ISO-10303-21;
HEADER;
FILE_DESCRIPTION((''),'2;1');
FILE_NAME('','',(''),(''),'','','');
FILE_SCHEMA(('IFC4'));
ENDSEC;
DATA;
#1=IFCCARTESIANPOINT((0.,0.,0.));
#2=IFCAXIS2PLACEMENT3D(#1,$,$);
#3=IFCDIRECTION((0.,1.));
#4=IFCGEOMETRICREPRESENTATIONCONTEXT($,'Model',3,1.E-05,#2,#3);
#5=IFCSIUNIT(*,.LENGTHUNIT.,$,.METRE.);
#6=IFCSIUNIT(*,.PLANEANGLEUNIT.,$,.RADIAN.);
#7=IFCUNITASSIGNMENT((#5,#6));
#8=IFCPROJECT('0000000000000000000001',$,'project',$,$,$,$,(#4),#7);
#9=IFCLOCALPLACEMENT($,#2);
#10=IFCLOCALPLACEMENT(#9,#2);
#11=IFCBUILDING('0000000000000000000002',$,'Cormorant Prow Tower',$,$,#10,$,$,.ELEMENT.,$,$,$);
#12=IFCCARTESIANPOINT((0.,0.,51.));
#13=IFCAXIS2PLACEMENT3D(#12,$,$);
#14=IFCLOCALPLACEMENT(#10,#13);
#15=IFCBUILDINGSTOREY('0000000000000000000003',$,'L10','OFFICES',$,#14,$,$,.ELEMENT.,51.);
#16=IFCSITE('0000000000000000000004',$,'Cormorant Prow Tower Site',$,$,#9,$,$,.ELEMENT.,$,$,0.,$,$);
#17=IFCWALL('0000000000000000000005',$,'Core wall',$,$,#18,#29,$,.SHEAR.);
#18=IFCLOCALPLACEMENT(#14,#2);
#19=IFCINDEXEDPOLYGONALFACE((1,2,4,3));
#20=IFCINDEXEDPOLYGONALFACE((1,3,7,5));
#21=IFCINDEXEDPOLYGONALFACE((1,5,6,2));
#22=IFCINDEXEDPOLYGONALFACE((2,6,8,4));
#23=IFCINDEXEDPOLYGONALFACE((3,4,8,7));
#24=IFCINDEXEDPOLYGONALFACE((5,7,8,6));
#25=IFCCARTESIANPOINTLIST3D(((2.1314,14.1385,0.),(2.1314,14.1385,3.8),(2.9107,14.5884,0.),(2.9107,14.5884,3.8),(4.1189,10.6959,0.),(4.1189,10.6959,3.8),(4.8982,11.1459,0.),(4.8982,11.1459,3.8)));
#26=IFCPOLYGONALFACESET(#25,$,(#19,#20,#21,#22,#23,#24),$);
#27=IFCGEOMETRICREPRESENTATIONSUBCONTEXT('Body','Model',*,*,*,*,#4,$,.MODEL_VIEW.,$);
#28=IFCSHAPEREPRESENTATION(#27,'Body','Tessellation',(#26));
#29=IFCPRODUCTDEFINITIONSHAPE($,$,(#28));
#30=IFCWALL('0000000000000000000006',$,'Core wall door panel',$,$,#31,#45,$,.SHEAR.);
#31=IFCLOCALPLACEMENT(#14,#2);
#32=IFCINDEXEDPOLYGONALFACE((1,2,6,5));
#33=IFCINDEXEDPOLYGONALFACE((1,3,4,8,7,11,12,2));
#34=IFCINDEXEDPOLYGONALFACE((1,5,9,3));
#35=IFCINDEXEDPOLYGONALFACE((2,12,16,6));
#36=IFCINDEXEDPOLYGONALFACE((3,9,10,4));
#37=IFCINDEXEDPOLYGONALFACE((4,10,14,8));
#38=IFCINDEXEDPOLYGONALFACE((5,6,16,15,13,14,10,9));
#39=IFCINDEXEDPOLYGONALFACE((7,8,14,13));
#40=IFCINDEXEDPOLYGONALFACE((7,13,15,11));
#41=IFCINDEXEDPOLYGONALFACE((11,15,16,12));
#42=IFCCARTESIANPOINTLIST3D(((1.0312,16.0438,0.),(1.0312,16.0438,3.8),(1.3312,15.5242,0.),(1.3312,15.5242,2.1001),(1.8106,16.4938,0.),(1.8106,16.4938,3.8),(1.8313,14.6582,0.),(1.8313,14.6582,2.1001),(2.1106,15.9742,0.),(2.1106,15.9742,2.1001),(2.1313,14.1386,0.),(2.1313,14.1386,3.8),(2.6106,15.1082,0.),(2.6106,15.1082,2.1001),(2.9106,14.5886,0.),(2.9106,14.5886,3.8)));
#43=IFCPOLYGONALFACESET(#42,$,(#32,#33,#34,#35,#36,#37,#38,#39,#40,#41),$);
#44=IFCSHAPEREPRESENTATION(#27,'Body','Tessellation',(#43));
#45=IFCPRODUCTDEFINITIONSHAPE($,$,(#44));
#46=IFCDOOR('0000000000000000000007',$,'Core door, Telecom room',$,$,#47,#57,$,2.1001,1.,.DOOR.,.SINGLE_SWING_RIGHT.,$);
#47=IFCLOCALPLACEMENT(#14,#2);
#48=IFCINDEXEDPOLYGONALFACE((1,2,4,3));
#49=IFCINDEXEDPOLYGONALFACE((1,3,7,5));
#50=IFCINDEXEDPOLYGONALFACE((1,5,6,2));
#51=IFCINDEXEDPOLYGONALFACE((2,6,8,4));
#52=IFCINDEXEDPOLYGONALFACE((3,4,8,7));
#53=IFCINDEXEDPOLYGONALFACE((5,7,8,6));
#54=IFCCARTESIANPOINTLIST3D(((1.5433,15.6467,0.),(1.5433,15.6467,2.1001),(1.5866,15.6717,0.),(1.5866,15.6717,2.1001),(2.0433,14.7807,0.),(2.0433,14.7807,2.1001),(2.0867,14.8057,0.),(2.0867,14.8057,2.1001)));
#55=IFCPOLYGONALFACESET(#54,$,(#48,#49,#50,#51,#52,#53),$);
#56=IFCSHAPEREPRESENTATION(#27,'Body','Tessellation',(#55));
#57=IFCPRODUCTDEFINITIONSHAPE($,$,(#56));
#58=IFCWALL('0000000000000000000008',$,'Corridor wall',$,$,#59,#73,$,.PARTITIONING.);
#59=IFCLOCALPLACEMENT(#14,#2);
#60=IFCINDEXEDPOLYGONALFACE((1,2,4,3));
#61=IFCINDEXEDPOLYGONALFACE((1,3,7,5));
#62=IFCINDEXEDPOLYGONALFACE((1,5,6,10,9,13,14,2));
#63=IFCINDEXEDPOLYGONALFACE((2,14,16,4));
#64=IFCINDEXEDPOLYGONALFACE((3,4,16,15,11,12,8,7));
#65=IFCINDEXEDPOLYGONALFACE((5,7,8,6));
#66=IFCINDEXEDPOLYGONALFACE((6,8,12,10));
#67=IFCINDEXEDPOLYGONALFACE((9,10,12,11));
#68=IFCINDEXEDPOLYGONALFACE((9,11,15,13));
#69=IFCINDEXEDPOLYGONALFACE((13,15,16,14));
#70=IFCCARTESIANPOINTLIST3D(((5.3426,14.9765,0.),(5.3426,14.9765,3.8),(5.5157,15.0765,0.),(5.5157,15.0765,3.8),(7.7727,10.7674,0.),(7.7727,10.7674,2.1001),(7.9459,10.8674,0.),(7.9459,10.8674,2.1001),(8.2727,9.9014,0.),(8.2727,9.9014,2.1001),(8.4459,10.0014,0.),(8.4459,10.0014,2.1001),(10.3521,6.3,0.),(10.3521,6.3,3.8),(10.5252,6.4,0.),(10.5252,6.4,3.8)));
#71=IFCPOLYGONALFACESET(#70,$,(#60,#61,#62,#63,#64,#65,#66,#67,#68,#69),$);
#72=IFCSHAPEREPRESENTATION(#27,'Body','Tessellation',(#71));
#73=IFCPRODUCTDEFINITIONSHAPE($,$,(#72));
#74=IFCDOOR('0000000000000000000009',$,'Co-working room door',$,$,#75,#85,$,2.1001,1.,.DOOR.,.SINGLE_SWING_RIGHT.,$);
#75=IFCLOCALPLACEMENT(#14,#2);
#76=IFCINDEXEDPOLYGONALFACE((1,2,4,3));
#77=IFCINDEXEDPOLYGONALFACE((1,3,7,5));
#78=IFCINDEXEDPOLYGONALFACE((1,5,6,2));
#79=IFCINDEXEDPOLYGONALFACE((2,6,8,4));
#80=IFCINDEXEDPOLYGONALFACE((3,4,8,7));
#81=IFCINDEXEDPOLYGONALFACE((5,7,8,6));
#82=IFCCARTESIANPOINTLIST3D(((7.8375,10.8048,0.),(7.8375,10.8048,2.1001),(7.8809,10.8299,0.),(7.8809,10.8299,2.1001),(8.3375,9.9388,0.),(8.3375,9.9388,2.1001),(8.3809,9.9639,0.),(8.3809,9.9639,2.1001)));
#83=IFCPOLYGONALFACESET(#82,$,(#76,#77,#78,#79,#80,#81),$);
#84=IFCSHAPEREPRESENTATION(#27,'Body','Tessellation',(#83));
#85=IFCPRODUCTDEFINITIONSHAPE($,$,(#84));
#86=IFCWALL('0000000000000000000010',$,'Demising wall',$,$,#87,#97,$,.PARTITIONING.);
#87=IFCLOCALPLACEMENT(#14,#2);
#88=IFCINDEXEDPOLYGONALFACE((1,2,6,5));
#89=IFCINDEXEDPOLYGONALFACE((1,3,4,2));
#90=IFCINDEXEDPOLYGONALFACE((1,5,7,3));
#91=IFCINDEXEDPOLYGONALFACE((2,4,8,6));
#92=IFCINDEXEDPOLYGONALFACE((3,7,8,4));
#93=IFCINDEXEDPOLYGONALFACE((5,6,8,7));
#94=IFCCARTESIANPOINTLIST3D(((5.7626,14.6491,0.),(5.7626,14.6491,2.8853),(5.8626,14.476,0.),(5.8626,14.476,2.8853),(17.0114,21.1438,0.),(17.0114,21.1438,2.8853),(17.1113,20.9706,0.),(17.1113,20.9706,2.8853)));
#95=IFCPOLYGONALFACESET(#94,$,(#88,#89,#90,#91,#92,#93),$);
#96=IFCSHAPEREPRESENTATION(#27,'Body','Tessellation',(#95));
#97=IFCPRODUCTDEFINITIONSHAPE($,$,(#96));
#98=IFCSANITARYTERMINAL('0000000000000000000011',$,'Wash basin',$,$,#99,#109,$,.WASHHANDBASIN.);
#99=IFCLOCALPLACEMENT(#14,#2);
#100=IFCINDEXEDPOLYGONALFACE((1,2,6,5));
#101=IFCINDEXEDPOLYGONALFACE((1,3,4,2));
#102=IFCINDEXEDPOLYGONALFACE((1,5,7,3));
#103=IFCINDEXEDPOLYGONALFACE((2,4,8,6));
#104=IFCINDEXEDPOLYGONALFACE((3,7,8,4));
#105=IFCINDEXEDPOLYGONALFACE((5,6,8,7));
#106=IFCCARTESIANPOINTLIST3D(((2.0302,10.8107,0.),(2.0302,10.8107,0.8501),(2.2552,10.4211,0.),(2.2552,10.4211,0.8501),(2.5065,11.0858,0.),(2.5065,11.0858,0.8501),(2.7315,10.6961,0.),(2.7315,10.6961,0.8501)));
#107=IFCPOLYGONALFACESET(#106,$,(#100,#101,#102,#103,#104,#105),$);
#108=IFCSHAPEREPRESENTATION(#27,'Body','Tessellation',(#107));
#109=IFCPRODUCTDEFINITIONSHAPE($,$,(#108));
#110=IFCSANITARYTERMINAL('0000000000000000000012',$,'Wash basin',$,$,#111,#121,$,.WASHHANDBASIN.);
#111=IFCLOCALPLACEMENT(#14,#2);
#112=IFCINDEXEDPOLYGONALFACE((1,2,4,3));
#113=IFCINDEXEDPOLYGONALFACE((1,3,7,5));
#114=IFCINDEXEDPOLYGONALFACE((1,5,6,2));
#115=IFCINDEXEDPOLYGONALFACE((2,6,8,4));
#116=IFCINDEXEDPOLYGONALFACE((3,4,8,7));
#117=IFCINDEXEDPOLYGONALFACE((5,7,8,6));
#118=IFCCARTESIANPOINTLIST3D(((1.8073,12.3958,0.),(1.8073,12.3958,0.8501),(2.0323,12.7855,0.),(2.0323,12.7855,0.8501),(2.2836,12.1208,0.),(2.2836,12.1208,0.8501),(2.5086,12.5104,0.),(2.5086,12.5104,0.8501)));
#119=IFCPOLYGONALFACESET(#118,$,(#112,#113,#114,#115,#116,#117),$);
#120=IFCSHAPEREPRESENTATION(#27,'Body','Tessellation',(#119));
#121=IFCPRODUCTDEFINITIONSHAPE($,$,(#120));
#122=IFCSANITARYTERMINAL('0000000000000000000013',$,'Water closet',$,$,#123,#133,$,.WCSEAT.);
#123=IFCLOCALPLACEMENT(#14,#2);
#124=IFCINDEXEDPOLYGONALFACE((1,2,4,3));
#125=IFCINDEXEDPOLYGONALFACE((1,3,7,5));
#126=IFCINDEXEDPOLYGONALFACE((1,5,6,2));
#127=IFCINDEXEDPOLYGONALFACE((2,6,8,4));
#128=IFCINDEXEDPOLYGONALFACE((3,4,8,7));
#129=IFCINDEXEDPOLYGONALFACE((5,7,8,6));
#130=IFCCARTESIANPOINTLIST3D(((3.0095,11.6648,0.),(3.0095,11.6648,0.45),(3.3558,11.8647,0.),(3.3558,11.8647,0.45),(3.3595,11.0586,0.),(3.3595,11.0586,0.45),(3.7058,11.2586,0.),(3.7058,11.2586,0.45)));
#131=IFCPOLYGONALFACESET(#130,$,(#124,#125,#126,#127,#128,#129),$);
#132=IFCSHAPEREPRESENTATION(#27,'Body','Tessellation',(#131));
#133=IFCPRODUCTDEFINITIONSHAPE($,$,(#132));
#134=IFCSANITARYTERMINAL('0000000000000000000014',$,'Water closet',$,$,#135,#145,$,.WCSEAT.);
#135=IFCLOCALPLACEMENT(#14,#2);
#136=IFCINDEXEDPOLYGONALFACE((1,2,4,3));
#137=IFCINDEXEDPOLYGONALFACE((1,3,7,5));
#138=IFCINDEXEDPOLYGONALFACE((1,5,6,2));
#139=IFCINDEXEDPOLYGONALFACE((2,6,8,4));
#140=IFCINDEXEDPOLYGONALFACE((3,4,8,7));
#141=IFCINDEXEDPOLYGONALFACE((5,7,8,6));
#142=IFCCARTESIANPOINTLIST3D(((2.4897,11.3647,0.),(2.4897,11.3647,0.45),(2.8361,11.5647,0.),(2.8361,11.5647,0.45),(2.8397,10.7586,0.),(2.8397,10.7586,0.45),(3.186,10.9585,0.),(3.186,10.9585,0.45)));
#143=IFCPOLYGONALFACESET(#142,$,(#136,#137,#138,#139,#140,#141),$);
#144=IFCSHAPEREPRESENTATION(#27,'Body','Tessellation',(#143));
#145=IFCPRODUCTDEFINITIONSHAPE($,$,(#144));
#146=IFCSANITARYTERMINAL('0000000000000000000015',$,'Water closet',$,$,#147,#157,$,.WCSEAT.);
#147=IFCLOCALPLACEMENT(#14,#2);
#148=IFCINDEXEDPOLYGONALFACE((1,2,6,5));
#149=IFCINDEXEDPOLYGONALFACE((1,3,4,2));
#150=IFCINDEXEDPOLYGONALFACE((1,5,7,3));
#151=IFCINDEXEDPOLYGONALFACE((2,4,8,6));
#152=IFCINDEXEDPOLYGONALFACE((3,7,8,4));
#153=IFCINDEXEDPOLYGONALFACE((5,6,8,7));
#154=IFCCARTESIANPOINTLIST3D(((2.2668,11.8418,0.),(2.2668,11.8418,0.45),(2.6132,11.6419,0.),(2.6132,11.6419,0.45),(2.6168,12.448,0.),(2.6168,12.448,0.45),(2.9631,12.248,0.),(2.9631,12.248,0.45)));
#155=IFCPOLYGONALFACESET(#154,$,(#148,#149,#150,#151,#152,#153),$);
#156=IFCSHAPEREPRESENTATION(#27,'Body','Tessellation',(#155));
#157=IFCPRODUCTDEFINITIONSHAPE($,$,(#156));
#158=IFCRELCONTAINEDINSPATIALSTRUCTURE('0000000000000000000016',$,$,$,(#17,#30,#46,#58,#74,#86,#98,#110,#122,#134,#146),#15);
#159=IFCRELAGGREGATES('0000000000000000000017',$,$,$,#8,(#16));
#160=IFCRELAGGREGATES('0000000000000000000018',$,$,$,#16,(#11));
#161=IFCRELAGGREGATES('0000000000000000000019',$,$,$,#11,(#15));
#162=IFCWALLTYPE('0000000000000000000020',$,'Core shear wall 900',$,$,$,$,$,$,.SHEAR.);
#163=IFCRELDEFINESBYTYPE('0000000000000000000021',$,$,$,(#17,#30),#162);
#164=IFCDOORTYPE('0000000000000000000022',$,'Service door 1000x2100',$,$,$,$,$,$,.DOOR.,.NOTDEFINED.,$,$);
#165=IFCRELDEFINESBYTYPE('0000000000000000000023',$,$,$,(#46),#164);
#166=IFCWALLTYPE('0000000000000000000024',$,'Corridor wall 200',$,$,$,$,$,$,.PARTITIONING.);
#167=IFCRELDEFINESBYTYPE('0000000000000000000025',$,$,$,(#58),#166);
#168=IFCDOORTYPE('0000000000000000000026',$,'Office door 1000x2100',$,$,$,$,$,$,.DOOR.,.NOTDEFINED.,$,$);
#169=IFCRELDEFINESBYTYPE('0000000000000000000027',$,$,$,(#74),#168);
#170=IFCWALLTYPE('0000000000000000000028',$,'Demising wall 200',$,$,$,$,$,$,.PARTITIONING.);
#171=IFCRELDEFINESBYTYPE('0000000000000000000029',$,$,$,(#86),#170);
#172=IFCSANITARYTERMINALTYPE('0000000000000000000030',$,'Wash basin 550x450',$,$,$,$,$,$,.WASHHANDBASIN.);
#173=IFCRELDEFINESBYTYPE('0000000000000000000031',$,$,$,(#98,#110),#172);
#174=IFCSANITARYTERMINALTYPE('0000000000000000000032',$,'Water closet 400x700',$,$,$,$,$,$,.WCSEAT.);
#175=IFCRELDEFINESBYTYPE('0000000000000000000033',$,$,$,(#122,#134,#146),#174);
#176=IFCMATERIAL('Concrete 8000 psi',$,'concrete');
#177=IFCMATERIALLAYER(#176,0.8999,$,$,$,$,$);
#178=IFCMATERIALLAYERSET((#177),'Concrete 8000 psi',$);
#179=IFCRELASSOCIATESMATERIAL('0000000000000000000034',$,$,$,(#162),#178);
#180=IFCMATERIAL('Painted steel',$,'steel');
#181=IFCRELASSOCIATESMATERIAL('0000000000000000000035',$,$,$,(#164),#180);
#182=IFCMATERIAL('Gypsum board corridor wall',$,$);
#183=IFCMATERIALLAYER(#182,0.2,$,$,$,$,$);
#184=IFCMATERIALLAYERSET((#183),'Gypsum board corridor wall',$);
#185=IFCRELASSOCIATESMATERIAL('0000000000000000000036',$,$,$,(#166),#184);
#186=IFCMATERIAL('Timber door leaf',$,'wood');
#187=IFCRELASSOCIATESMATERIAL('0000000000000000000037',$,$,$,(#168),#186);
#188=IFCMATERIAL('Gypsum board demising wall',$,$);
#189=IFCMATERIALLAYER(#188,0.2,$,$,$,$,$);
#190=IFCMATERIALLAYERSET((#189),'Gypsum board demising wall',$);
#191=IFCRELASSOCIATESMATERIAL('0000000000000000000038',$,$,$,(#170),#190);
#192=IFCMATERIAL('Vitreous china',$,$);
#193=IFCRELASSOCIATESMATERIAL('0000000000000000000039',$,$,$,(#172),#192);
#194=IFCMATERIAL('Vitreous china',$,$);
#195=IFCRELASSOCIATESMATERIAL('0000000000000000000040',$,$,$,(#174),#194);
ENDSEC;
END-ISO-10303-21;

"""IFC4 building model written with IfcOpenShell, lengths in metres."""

from ifc_helpers import new_model, si_unit, direction, frame, frame_2d, origin, origin_2d, place, context, subcontext, project, spatial, rectangle, extrude, material, layer, layer_set, type_object, element, fill, save


model = new_model("IFC4")

# Units and contexts
model_context = context("Model", 3, precision=1e-05, world=origin(), true_north=direction((0.0, 1.0)))
body_context = subcontext(model_context, "Body", "Model", "MODEL_VIEW")
ifc_project = project(units=[si_unit("LENGTHUNIT", "METRE"), si_unit("PLANEANGLEUNIT", "RADIAN")], contexts=[model_context])

# Site, building, storey
site_placement = place(None, origin())
site = spatial("IfcSite", under=ifc_project, at=site_placement, Name="Cormorant Prow Tower Site", CompositionType="ELEMENT", RefElevation=0.0)
building_placement = place(site_placement, origin())
building = spatial("IfcBuilding", under=site, at=building_placement, Name="Cormorant Prow Tower", CompositionType="ELEMENT")
storey_placement = place(building_placement, frame((0.0, 0.0, 51.0)))
storey = spatial("IfcBuildingStorey", under=building, at=storey_placement, Name="L10", Description="OFFICES", CompositionType="ELEMENT", Elevation=51.0)

# Wall
ifc_material_1 = material(Name="Concrete 8000 psi", Category="concrete")
ifc_layer_1 = layer(ifc_material_1, 0.8999)
ifc_layer_set_1 = layer_set([ifc_layer_1], Name="Concrete 8000 psi")
wall_type_1 = type_object("IfcWallType", Name="Core shear wall 900", PredefinedType="SHEAR", material=ifc_layer_set_1)
wall_1_placement = place(storey_placement, frame((4.5085, 10.9209, 0.0), z_axis=(0.0, 0.0, 1.0), x_axis=(-0.49999, 0.866031, 0.0)))
element("IfcWall", 1, at=wall_1_placement, inside=storey, type_object=wall_type_1, Name="Core wall", PredefinedType="SHEAR", context=body_context, shape_type="SweptSolid", body=[
    extrude(rectangle(XDim=3.9751, YDim=0.8999, at=frame_2d((1.9875, 0.0))), origin(), (0.0, 0.0, 1.0), 3.8),
])

# Walls, openings, doors
wall_2_placement = place(storey_placement, frame((2.521, 14.3635, 0.0), z_axis=(0.0, 0.0, 1.0), x_axis=(-0.50003, 0.866008, 0.0)))
wall_2 = element("IfcWall", 2, at=wall_2_placement, inside=storey, type_object=wall_type_1, Name="Core wall door panel", PredefinedType="SHEAR", context=body_context, shape_type="SweptSolid", body=[
    extrude(rectangle(XDim=2.2, YDim=0.8999, at=frame_2d((1.1001, 0.0))), origin(), (0.0, 0.0, 1.0), 3.8),
])
opening_1_placement = place(wall_2_placement, frame((0.6001, 0.0, 0.0)))
opening_1 = element("IfcOpeningElement", 3, at=opening_1_placement, cuts=wall_2, PredefinedType="OPENING", context=body_context, shape_type="SweptSolid", body=[
    extrude(rectangle(XDim=1.0, YDim=2.1001, at=frame_2d((0.5, 1.05))), frame((0.0, 0.46, 0.0), z_axis=(0.0, -1.0, 0.0), x_axis=(1.0, 0.0, 0.0)), (0.0, 0.0, 1.0), 0.9199),
])
ifc_material_2 = material(Name="Painted steel", Category="steel")
door_type_1 = type_object("IfcDoorType", Name="Service door 1000x2100", OperationType="NOTDEFINED", PredefinedType="DOOR", material=ifc_material_2)
door_1_placement = place(opening_1_placement, origin())
door_1 = element("IfcDoor", 4, at=door_1_placement, inside=storey, type_object=door_type_1, Name="Core door, Telecom room", OperationType="SINGLE_SWING_RIGHT", OverallHeight=2.1001, OverallWidth=1.0, PredefinedType="DOOR", context=body_context, shape_type="SweptSolid", body=[
    extrude(rectangle(XDim=1.0, YDim=2.1001, at=frame_2d((0.5, 1.05))), frame((0.0, 0.2051, 0.0), z_axis=(0.0, -1.0, 0.0), x_axis=(1.0, 0.0, 0.0)), (0.0, 0.0, 1.0), 0.05),
])
fill(opening_1, door_1)
ifc_material_3 = material(Name="Gypsum board corridor wall")
ifc_layer_2 = layer(ifc_material_3, 0.2)
ifc_layer_set_2 = layer_set([ifc_layer_2], Name="Gypsum board corridor wall")
wall_type_2 = type_object("IfcWallType", Name="Corridor wall 200", PredefinedType="PARTITIONING", material=ifc_layer_set_2)
wall_3_placement = place(storey_placement, frame((5.4292, 15.0264, 0.0), z_axis=(0.0, 0.0, 1.0), x_axis=(0.50001, -0.86602, 0.0)))
wall_3 = element("IfcWall", 5, at=wall_3_placement, inside=storey, type_object=wall_type_2, Name="Corridor wall", PredefinedType="PARTITIONING", context=body_context, shape_type="SweptSolid", body=[
    extrude(rectangle(XDim=10.0188, YDim=0.2, at=frame_2d((5.0093, 0.0))), origin(), (0.0, 0.0, 1.0), 3.8),
])
opening_2_placement = place(wall_3_placement, frame((4.8601, 0.0, 0.0)))
opening_2 = element("IfcOpeningElement", 6, at=opening_2_placement, cuts=wall_3, PredefinedType="OPENING", context=body_context, shape_type="SweptSolid", body=[
    extrude(rectangle(XDim=1.0, YDim=2.1001, at=frame_2d((0.5, 1.05))), frame((0.0, 0.1099, 0.0), z_axis=(0.0, -1.0, 0.0), x_axis=(1.0, 0.0, 0.0)), (0.0, 0.0, 1.0), 0.22),
])
ifc_material_4 = material(Name="Timber door leaf", Category="wood")
door_type_2 = type_object("IfcDoorType", Name="Office door 1000x2100", OperationType="NOTDEFINED", PredefinedType="DOOR", material=ifc_material_4)
door_2_placement = place(opening_2_placement, origin())
door_2 = element("IfcDoor", 7, at=door_2_placement, inside=storey, type_object=door_type_2, Name="Co-working room door", OperationType="SINGLE_SWING_RIGHT", OverallHeight=2.1001, OverallWidth=1.0, PredefinedType="DOOR", context=body_context, shape_type="SweptSolid", body=[
    extrude(rectangle(XDim=1.0, YDim=2.1001, at=frame_2d((0.5, 1.05))), frame((0.0, 0.0249, 0.0), z_axis=(0.0, -1.0, 0.0), x_axis=(1.0, 0.0, 0.0)), (0.0, 0.0, 1.0), 0.05),
])
fill(opening_2, door_2)

# Wall
ifc_material_5 = material(Name="Gypsum board demising wall")
ifc_layer_3 = layer(ifc_material_5, 0.2)
ifc_layer_set_3 = layer_set([ifc_layer_3], Name="Gypsum board demising wall")
wall_type_3 = type_object("IfcWallType", Name="Demising wall 200", PredefinedType="PARTITIONING", material=ifc_layer_set_3)
wall_4_placement = place(storey_placement, frame((5.8125, 14.5625, 0.0), z_axis=(0.0, 0.0, 1.0), x_axis=(0.866021, 0.500008, 0.0)))
element("IfcWall", 8, at=wall_4_placement, inside=storey, type_object=wall_type_3, Name="Demising wall", PredefinedType="PARTITIONING", context=body_context, shape_type="SweptSolid", body=[
    extrude(rectangle(XDim=12.989, YDim=0.2, at=frame_2d((6.4946, 0.0))), origin(), (0.0, 0.0, 1.0), 2.8853),
])

# Sanitary terminals
ifc_material_6 = material(Name="Vitreous china")
sanitary_terminal_type_1 = type_object("IfcSanitaryTerminalType", Name="Wash basin 550x450", PredefinedType="WASHHANDBASIN", material=ifc_material_6)
for number, where, z_axis, x_axis, name in (
    (9, (2.3809, 10.7534, 0.0), (0.0, 0.0, 1.0), (0.866025, 0.5, 0.0), "Wash basin"),
    (10, (2.158, 12.4531, 0.0), (0.0, 0.0, 1.0), (-0.866025, 0.5, 0.0), "Wash basin"),
):
    element("IfcSanitaryTerminal", number, at=place(storey_placement, frame(where, z_axis=z_axis, x_axis=x_axis)), inside=storey, type_object=sanitary_terminal_type_1, Name=name, PredefinedType="WASHHANDBASIN", context=body_context, shape_type="SweptSolid", body=[
        extrude(rectangle(XDim=0.55, YDim=0.45, at=origin_2d()), origin(), (0.0, 0.0, 1.0), 0.8501),
    ])
ifc_material_7 = material(Name="Vitreous china")
sanitary_terminal_type_2 = type_object("IfcSanitaryTerminalType", Name="Water closet 400x700", PredefinedType="WCSEAT", material=ifc_material_7)
for number, where, z_axis, x_axis, name in (
    (11, (3.3577, 11.4617, 0.0), (0.0, 0.0, 1.0), (0.866025, 0.5, 0.0), "Water closet"),
    (12, (2.8379, 11.1616, 0.0), (0.0, 0.0, 1.0), (0.866025, 0.5, 0.0), "Water closet"),
    (13, (2.615, 12.0449, 0.0), (0.0, 0.0, 1.0), (-0.866025, 0.5, 0.0), "Water closet"),
):
    element("IfcSanitaryTerminal", number, at=place(storey_placement, frame(where, z_axis=z_axis, x_axis=x_axis)), inside=storey, type_object=sanitary_terminal_type_2, Name=name, PredefinedType="WCSEAT", context=body_context, shape_type="SweptSolid", body=[
        extrude(rectangle(XDim=0.3999, YDim=0.7, at=origin_2d()), origin(), (0.0, 0.0, 1.0), 0.45),
    ])

save(model, "model.ifc")
